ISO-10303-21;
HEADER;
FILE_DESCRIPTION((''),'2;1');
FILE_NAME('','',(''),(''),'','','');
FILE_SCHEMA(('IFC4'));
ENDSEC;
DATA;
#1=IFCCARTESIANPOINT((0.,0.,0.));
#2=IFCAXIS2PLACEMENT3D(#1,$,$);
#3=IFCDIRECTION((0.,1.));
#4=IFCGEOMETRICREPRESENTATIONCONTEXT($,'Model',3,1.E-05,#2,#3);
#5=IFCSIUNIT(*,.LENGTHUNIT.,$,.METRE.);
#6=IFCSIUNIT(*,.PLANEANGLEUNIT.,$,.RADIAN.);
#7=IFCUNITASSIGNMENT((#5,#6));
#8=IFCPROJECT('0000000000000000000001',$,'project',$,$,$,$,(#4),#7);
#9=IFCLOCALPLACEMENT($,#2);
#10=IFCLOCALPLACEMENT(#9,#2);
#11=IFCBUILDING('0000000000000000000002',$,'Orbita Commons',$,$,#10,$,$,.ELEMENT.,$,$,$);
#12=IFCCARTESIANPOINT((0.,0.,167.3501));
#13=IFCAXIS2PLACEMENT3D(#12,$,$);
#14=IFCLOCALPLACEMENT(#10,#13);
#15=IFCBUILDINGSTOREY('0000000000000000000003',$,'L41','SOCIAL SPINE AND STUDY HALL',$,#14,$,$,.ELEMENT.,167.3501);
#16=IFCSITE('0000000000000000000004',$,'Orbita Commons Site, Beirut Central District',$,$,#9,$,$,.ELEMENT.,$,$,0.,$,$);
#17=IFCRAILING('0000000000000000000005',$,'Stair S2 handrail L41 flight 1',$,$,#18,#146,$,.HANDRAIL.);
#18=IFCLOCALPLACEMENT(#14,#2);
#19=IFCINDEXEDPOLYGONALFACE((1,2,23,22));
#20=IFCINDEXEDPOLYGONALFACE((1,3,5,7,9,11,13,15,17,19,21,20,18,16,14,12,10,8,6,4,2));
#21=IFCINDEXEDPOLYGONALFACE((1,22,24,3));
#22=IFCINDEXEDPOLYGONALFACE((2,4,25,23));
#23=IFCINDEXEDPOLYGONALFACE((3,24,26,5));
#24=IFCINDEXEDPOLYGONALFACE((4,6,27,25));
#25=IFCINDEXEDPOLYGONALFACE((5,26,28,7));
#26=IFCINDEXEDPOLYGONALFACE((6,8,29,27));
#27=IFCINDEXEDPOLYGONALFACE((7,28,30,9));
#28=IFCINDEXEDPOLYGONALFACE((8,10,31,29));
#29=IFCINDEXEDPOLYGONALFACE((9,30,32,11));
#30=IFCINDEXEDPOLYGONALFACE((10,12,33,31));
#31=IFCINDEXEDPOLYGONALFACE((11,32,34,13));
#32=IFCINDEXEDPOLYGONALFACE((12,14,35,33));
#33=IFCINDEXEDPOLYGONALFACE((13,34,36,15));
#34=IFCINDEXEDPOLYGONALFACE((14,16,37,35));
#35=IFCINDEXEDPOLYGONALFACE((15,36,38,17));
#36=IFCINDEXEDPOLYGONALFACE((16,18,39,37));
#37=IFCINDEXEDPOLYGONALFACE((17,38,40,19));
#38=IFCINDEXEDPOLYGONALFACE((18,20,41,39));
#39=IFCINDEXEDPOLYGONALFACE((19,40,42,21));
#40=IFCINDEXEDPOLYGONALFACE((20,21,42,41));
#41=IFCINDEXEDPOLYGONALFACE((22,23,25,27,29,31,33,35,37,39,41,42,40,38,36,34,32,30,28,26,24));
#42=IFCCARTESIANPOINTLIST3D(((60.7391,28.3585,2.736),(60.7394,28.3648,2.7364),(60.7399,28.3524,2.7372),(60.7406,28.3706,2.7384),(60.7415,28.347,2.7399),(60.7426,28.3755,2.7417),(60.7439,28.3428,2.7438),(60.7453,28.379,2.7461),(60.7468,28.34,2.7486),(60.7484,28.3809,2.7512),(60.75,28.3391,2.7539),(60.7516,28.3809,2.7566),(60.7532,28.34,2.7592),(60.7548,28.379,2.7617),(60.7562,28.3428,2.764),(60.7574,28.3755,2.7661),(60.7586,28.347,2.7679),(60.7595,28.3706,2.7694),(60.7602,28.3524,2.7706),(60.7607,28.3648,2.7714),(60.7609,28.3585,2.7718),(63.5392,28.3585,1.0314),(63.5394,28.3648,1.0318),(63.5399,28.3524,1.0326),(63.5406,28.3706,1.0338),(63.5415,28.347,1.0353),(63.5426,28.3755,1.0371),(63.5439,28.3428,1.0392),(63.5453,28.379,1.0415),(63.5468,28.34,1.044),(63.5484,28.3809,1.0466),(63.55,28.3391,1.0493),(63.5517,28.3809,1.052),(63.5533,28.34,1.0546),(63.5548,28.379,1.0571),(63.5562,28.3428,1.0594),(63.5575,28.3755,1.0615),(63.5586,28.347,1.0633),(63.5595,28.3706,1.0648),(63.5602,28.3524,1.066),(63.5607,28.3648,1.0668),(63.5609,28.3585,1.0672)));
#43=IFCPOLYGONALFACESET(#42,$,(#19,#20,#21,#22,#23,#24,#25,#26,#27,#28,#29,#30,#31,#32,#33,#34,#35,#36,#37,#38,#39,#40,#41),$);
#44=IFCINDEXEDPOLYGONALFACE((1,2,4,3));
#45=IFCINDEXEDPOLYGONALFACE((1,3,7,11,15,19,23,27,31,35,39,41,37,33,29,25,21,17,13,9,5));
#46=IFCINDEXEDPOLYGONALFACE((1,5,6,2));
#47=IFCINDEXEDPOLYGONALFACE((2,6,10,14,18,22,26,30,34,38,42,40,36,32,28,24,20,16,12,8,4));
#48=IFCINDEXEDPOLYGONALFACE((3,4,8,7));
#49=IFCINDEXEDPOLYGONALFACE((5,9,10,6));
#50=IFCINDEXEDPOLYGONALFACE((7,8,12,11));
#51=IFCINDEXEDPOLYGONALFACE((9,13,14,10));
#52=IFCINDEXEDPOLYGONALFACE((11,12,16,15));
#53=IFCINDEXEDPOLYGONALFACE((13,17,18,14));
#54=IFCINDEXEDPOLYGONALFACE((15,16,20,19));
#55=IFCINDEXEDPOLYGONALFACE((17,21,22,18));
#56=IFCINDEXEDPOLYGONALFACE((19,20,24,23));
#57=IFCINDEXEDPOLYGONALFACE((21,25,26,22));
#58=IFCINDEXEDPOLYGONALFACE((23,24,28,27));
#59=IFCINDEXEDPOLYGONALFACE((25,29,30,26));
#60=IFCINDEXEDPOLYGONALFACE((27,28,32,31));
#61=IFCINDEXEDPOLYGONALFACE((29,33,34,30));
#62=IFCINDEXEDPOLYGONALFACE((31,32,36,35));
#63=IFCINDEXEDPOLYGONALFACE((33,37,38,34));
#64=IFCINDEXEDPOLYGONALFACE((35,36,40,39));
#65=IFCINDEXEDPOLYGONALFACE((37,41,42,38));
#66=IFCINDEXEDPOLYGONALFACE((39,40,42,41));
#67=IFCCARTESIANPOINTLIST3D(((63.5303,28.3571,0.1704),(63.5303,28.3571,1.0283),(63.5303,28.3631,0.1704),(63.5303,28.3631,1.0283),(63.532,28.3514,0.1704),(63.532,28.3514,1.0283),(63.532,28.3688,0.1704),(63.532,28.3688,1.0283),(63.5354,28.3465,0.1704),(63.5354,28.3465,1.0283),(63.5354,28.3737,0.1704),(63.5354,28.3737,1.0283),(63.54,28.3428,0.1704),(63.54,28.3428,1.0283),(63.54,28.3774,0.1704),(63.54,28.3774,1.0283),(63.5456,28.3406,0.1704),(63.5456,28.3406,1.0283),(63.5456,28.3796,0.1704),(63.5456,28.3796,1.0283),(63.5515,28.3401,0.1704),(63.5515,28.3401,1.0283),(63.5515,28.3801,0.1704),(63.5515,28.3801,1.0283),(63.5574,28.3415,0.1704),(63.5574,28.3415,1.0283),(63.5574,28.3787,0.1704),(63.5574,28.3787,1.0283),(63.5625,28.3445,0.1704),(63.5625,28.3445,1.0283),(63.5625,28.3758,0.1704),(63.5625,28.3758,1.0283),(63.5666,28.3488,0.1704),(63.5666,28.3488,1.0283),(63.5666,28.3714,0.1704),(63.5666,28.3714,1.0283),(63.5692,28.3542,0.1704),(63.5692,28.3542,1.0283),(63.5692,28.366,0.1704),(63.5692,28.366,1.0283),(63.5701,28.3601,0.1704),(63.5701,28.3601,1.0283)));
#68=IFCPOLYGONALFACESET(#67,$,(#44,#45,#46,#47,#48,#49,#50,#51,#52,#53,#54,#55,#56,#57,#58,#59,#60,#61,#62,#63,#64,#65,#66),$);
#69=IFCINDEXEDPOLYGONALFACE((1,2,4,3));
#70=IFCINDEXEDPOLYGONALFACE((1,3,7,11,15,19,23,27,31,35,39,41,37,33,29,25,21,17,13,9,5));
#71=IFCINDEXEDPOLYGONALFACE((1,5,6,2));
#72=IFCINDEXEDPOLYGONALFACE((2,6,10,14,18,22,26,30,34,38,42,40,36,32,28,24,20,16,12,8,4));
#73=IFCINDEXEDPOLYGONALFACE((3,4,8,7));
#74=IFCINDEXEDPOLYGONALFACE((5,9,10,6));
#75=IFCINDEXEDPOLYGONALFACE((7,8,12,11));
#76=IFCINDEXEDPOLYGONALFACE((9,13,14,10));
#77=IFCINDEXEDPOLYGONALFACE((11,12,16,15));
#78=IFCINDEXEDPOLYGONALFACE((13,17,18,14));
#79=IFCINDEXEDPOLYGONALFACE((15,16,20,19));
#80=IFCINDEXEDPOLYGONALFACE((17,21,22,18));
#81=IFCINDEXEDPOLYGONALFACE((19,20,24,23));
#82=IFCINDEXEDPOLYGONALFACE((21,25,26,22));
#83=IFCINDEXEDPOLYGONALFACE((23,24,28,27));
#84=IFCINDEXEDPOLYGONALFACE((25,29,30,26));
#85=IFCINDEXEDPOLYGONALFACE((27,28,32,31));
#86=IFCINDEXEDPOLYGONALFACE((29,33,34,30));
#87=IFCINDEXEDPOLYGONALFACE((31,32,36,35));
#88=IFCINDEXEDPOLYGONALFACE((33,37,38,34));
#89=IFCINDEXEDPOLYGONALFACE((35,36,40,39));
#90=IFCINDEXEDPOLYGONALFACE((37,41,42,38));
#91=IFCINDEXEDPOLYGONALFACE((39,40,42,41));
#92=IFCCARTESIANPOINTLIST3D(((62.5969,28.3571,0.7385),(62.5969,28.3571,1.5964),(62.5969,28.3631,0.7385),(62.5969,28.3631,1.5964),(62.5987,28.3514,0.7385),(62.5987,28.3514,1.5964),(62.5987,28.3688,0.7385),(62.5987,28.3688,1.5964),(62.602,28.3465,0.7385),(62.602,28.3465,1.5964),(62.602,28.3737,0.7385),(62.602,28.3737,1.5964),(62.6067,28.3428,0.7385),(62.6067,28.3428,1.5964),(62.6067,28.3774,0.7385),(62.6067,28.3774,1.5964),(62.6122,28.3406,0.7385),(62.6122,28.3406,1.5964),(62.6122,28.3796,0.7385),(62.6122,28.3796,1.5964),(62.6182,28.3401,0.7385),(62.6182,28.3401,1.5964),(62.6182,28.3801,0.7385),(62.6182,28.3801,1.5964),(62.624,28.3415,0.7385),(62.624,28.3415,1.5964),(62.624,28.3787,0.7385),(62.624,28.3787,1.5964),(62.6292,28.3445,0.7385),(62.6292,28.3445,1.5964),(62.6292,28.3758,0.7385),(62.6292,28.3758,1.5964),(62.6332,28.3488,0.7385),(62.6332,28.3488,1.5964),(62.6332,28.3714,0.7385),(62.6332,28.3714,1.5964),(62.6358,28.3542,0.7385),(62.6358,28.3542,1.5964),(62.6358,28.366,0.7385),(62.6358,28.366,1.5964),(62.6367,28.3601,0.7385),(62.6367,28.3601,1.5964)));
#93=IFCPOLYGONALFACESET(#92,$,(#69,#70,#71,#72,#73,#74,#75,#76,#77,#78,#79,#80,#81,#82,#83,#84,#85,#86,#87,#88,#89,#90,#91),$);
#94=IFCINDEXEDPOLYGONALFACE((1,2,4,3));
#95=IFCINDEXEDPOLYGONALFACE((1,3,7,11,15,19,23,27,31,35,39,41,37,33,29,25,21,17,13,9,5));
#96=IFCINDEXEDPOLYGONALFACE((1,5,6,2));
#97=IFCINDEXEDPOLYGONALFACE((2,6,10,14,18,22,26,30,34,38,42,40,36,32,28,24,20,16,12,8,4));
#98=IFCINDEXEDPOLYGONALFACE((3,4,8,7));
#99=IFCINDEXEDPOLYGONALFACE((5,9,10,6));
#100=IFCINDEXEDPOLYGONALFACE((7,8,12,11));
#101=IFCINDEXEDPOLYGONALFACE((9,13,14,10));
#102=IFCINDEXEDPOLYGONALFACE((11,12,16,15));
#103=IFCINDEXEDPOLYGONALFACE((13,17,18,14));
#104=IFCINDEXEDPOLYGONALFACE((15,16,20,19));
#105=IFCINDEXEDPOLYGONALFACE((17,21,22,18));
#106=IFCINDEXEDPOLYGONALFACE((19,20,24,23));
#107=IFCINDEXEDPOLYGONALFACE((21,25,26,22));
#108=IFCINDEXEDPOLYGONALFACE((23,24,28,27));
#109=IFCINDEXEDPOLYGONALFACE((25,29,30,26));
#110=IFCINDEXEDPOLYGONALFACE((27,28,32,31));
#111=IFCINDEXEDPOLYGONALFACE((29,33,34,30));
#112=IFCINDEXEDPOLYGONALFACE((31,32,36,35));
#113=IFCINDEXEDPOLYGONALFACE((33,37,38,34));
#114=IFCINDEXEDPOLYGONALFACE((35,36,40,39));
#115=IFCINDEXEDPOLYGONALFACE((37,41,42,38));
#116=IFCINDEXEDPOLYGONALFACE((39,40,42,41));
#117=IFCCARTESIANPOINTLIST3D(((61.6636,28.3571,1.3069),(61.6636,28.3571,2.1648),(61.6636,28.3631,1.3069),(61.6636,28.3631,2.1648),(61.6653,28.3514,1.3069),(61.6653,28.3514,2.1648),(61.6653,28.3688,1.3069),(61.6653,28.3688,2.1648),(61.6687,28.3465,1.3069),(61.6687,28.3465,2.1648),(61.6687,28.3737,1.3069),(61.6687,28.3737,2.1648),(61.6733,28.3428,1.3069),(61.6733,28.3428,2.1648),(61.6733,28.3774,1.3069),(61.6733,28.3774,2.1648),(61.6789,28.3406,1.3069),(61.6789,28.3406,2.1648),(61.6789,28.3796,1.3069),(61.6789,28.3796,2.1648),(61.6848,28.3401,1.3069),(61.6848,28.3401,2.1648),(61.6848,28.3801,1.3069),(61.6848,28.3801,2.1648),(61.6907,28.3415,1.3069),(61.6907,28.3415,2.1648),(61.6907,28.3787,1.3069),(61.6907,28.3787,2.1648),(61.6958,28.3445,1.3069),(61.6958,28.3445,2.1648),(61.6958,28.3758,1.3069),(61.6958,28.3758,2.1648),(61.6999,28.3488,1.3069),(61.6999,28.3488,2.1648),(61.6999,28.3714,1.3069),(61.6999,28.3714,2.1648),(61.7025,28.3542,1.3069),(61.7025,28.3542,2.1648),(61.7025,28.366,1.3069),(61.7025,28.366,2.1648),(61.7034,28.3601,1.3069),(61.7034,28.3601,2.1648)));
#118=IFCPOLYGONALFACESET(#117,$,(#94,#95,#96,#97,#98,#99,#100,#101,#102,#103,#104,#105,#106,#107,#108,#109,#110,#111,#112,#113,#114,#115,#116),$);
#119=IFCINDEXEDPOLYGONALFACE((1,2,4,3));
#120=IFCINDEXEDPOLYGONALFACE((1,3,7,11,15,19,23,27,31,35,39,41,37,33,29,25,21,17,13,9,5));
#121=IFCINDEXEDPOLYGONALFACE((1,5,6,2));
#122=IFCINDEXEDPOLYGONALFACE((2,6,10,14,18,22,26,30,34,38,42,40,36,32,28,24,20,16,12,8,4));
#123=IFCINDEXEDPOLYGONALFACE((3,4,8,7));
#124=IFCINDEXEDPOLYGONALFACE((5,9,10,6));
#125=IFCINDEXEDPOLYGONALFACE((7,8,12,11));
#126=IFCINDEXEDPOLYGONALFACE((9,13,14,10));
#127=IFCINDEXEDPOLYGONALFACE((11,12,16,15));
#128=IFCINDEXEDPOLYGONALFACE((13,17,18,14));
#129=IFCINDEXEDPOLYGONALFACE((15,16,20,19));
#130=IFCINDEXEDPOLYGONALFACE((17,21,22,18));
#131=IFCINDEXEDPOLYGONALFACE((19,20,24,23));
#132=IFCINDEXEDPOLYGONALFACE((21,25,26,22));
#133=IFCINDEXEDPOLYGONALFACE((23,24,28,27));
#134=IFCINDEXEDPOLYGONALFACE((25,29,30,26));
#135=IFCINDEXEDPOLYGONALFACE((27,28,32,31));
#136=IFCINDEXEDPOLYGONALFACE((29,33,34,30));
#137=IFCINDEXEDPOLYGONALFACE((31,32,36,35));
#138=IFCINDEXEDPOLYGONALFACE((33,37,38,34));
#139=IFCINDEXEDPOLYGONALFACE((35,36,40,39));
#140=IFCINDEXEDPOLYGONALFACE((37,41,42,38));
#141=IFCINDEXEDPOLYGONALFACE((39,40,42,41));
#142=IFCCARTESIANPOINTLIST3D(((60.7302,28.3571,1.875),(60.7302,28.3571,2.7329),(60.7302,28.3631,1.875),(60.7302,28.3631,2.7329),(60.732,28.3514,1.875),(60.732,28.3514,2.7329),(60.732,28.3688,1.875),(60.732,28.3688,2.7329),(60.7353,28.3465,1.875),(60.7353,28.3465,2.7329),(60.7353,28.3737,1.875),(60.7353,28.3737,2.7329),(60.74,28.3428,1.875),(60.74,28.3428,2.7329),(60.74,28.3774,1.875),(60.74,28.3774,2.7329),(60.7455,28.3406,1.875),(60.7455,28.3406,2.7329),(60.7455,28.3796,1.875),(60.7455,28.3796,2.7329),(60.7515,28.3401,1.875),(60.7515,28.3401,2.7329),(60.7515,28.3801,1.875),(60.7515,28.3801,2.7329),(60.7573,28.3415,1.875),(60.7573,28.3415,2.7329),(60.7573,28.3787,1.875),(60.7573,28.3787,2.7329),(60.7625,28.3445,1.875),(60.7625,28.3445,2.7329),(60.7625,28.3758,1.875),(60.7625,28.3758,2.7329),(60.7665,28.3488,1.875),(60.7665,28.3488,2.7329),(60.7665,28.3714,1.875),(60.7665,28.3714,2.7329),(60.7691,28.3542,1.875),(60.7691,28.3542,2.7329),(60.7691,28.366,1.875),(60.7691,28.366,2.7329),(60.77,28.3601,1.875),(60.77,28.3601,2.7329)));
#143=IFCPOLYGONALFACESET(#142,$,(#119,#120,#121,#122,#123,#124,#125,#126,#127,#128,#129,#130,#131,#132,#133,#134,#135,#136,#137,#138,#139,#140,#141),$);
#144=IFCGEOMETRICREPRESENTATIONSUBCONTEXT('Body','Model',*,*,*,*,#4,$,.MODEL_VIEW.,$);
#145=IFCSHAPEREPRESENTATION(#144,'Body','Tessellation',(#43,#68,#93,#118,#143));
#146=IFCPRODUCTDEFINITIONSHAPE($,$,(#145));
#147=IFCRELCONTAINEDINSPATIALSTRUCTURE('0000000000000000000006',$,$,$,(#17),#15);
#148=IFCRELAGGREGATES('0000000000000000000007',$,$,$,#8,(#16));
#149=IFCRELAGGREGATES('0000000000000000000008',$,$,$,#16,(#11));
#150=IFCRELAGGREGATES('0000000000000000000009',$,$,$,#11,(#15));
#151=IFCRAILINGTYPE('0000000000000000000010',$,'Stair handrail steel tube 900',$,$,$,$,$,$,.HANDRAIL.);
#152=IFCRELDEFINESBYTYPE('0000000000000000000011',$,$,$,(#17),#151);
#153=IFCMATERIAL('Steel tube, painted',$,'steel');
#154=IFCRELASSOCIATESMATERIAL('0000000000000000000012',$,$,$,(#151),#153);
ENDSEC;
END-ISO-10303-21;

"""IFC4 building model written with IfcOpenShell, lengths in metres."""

from ifc_helpers import new_model, si_unit, direction, frame, origin, origin_2d, place, context, subcontext, project, spatial, circle, extrude, material, type_object, element, save


model = new_model("IFC4")

# Units and contexts
model_context = context("Model", 3, precision=1e-05, world=origin(), true_north=direction((0.0, 1.0)))
body_context = subcontext(model_context, "Body", "Model", "MODEL_VIEW")
ifc_project = project(units=[si_unit("LENGTHUNIT", "METRE"), si_unit("PLANEANGLEUNIT", "RADIAN")], contexts=[model_context])

# Site, building, storey
site_placement = place(None, origin())
site = spatial("IfcSite", under=ifc_project, at=site_placement, Name="Orbita Commons Site, Beirut Central District", CompositionType="ELEMENT", RefElevation=0.0)
building_placement = place(site_placement, origin())
building = spatial("IfcBuilding", under=site, at=building_placement, Name="Orbita Commons", CompositionType="ELEMENT")
storey_placement = place(building_placement, frame((0.0, 0.0, 167.3501)))
storey = spatial("IfcBuildingStorey", under=building, at=storey_placement, Name="L41", Description="SOCIAL SPINE AND STUDY HALL", CompositionType="ELEMENT", Elevation=167.3501)

# Railing
ifc_material_1 = material(Name="Steel tube, painted", Category="steel")
railing_type = type_object("IfcRailingType", Name="Stair handrail steel tube 900", PredefinedType="HANDRAIL", material=ifc_material_1)
for number, where, name in (
    (1, (63.55, 28.3601, 0.1704), "Stair S2 handrail L41 flight 1"),
):
    element("IfcRailing", number, at=place(storey_placement, frame(where)), inside=storey, type_object=railing_type, Name=name, PredefinedType="HANDRAIL", context=body_context, shape_type="SweptSolid", body=[
        extrude(circle(Radius=0.021, at=origin_2d()), frame((0.0, 0.0, 0.8789), z_axis=(-0.85417, 0.0, 0.519994), x_axis=(0.0, -1.0, 0.0)), (0.0, 0.0, 1.0), 3.2781),
        extrude(circle(Radius=0.02, at=origin_2d()), origin(), (0.0, 0.0, 1.0), 0.8579),
        extrude(circle(Radius=0.02, at=origin_2d()), frame((-0.9333, 0.0, 0.5681)), (0.0, 0.0, 1.0), 0.8579),
        extrude(circle(Radius=0.02, at=origin_2d()), frame((-1.8667, 0.0, 1.1365)), (0.0, 0.0, 1.0), 0.8579),
        extrude(circle(Radius=0.02, at=origin_2d()), frame((-2.8, 0.0, 1.7046)), (0.0, 0.0, 1.0), 0.8579),
    ])

save(model, "model.ifc")
